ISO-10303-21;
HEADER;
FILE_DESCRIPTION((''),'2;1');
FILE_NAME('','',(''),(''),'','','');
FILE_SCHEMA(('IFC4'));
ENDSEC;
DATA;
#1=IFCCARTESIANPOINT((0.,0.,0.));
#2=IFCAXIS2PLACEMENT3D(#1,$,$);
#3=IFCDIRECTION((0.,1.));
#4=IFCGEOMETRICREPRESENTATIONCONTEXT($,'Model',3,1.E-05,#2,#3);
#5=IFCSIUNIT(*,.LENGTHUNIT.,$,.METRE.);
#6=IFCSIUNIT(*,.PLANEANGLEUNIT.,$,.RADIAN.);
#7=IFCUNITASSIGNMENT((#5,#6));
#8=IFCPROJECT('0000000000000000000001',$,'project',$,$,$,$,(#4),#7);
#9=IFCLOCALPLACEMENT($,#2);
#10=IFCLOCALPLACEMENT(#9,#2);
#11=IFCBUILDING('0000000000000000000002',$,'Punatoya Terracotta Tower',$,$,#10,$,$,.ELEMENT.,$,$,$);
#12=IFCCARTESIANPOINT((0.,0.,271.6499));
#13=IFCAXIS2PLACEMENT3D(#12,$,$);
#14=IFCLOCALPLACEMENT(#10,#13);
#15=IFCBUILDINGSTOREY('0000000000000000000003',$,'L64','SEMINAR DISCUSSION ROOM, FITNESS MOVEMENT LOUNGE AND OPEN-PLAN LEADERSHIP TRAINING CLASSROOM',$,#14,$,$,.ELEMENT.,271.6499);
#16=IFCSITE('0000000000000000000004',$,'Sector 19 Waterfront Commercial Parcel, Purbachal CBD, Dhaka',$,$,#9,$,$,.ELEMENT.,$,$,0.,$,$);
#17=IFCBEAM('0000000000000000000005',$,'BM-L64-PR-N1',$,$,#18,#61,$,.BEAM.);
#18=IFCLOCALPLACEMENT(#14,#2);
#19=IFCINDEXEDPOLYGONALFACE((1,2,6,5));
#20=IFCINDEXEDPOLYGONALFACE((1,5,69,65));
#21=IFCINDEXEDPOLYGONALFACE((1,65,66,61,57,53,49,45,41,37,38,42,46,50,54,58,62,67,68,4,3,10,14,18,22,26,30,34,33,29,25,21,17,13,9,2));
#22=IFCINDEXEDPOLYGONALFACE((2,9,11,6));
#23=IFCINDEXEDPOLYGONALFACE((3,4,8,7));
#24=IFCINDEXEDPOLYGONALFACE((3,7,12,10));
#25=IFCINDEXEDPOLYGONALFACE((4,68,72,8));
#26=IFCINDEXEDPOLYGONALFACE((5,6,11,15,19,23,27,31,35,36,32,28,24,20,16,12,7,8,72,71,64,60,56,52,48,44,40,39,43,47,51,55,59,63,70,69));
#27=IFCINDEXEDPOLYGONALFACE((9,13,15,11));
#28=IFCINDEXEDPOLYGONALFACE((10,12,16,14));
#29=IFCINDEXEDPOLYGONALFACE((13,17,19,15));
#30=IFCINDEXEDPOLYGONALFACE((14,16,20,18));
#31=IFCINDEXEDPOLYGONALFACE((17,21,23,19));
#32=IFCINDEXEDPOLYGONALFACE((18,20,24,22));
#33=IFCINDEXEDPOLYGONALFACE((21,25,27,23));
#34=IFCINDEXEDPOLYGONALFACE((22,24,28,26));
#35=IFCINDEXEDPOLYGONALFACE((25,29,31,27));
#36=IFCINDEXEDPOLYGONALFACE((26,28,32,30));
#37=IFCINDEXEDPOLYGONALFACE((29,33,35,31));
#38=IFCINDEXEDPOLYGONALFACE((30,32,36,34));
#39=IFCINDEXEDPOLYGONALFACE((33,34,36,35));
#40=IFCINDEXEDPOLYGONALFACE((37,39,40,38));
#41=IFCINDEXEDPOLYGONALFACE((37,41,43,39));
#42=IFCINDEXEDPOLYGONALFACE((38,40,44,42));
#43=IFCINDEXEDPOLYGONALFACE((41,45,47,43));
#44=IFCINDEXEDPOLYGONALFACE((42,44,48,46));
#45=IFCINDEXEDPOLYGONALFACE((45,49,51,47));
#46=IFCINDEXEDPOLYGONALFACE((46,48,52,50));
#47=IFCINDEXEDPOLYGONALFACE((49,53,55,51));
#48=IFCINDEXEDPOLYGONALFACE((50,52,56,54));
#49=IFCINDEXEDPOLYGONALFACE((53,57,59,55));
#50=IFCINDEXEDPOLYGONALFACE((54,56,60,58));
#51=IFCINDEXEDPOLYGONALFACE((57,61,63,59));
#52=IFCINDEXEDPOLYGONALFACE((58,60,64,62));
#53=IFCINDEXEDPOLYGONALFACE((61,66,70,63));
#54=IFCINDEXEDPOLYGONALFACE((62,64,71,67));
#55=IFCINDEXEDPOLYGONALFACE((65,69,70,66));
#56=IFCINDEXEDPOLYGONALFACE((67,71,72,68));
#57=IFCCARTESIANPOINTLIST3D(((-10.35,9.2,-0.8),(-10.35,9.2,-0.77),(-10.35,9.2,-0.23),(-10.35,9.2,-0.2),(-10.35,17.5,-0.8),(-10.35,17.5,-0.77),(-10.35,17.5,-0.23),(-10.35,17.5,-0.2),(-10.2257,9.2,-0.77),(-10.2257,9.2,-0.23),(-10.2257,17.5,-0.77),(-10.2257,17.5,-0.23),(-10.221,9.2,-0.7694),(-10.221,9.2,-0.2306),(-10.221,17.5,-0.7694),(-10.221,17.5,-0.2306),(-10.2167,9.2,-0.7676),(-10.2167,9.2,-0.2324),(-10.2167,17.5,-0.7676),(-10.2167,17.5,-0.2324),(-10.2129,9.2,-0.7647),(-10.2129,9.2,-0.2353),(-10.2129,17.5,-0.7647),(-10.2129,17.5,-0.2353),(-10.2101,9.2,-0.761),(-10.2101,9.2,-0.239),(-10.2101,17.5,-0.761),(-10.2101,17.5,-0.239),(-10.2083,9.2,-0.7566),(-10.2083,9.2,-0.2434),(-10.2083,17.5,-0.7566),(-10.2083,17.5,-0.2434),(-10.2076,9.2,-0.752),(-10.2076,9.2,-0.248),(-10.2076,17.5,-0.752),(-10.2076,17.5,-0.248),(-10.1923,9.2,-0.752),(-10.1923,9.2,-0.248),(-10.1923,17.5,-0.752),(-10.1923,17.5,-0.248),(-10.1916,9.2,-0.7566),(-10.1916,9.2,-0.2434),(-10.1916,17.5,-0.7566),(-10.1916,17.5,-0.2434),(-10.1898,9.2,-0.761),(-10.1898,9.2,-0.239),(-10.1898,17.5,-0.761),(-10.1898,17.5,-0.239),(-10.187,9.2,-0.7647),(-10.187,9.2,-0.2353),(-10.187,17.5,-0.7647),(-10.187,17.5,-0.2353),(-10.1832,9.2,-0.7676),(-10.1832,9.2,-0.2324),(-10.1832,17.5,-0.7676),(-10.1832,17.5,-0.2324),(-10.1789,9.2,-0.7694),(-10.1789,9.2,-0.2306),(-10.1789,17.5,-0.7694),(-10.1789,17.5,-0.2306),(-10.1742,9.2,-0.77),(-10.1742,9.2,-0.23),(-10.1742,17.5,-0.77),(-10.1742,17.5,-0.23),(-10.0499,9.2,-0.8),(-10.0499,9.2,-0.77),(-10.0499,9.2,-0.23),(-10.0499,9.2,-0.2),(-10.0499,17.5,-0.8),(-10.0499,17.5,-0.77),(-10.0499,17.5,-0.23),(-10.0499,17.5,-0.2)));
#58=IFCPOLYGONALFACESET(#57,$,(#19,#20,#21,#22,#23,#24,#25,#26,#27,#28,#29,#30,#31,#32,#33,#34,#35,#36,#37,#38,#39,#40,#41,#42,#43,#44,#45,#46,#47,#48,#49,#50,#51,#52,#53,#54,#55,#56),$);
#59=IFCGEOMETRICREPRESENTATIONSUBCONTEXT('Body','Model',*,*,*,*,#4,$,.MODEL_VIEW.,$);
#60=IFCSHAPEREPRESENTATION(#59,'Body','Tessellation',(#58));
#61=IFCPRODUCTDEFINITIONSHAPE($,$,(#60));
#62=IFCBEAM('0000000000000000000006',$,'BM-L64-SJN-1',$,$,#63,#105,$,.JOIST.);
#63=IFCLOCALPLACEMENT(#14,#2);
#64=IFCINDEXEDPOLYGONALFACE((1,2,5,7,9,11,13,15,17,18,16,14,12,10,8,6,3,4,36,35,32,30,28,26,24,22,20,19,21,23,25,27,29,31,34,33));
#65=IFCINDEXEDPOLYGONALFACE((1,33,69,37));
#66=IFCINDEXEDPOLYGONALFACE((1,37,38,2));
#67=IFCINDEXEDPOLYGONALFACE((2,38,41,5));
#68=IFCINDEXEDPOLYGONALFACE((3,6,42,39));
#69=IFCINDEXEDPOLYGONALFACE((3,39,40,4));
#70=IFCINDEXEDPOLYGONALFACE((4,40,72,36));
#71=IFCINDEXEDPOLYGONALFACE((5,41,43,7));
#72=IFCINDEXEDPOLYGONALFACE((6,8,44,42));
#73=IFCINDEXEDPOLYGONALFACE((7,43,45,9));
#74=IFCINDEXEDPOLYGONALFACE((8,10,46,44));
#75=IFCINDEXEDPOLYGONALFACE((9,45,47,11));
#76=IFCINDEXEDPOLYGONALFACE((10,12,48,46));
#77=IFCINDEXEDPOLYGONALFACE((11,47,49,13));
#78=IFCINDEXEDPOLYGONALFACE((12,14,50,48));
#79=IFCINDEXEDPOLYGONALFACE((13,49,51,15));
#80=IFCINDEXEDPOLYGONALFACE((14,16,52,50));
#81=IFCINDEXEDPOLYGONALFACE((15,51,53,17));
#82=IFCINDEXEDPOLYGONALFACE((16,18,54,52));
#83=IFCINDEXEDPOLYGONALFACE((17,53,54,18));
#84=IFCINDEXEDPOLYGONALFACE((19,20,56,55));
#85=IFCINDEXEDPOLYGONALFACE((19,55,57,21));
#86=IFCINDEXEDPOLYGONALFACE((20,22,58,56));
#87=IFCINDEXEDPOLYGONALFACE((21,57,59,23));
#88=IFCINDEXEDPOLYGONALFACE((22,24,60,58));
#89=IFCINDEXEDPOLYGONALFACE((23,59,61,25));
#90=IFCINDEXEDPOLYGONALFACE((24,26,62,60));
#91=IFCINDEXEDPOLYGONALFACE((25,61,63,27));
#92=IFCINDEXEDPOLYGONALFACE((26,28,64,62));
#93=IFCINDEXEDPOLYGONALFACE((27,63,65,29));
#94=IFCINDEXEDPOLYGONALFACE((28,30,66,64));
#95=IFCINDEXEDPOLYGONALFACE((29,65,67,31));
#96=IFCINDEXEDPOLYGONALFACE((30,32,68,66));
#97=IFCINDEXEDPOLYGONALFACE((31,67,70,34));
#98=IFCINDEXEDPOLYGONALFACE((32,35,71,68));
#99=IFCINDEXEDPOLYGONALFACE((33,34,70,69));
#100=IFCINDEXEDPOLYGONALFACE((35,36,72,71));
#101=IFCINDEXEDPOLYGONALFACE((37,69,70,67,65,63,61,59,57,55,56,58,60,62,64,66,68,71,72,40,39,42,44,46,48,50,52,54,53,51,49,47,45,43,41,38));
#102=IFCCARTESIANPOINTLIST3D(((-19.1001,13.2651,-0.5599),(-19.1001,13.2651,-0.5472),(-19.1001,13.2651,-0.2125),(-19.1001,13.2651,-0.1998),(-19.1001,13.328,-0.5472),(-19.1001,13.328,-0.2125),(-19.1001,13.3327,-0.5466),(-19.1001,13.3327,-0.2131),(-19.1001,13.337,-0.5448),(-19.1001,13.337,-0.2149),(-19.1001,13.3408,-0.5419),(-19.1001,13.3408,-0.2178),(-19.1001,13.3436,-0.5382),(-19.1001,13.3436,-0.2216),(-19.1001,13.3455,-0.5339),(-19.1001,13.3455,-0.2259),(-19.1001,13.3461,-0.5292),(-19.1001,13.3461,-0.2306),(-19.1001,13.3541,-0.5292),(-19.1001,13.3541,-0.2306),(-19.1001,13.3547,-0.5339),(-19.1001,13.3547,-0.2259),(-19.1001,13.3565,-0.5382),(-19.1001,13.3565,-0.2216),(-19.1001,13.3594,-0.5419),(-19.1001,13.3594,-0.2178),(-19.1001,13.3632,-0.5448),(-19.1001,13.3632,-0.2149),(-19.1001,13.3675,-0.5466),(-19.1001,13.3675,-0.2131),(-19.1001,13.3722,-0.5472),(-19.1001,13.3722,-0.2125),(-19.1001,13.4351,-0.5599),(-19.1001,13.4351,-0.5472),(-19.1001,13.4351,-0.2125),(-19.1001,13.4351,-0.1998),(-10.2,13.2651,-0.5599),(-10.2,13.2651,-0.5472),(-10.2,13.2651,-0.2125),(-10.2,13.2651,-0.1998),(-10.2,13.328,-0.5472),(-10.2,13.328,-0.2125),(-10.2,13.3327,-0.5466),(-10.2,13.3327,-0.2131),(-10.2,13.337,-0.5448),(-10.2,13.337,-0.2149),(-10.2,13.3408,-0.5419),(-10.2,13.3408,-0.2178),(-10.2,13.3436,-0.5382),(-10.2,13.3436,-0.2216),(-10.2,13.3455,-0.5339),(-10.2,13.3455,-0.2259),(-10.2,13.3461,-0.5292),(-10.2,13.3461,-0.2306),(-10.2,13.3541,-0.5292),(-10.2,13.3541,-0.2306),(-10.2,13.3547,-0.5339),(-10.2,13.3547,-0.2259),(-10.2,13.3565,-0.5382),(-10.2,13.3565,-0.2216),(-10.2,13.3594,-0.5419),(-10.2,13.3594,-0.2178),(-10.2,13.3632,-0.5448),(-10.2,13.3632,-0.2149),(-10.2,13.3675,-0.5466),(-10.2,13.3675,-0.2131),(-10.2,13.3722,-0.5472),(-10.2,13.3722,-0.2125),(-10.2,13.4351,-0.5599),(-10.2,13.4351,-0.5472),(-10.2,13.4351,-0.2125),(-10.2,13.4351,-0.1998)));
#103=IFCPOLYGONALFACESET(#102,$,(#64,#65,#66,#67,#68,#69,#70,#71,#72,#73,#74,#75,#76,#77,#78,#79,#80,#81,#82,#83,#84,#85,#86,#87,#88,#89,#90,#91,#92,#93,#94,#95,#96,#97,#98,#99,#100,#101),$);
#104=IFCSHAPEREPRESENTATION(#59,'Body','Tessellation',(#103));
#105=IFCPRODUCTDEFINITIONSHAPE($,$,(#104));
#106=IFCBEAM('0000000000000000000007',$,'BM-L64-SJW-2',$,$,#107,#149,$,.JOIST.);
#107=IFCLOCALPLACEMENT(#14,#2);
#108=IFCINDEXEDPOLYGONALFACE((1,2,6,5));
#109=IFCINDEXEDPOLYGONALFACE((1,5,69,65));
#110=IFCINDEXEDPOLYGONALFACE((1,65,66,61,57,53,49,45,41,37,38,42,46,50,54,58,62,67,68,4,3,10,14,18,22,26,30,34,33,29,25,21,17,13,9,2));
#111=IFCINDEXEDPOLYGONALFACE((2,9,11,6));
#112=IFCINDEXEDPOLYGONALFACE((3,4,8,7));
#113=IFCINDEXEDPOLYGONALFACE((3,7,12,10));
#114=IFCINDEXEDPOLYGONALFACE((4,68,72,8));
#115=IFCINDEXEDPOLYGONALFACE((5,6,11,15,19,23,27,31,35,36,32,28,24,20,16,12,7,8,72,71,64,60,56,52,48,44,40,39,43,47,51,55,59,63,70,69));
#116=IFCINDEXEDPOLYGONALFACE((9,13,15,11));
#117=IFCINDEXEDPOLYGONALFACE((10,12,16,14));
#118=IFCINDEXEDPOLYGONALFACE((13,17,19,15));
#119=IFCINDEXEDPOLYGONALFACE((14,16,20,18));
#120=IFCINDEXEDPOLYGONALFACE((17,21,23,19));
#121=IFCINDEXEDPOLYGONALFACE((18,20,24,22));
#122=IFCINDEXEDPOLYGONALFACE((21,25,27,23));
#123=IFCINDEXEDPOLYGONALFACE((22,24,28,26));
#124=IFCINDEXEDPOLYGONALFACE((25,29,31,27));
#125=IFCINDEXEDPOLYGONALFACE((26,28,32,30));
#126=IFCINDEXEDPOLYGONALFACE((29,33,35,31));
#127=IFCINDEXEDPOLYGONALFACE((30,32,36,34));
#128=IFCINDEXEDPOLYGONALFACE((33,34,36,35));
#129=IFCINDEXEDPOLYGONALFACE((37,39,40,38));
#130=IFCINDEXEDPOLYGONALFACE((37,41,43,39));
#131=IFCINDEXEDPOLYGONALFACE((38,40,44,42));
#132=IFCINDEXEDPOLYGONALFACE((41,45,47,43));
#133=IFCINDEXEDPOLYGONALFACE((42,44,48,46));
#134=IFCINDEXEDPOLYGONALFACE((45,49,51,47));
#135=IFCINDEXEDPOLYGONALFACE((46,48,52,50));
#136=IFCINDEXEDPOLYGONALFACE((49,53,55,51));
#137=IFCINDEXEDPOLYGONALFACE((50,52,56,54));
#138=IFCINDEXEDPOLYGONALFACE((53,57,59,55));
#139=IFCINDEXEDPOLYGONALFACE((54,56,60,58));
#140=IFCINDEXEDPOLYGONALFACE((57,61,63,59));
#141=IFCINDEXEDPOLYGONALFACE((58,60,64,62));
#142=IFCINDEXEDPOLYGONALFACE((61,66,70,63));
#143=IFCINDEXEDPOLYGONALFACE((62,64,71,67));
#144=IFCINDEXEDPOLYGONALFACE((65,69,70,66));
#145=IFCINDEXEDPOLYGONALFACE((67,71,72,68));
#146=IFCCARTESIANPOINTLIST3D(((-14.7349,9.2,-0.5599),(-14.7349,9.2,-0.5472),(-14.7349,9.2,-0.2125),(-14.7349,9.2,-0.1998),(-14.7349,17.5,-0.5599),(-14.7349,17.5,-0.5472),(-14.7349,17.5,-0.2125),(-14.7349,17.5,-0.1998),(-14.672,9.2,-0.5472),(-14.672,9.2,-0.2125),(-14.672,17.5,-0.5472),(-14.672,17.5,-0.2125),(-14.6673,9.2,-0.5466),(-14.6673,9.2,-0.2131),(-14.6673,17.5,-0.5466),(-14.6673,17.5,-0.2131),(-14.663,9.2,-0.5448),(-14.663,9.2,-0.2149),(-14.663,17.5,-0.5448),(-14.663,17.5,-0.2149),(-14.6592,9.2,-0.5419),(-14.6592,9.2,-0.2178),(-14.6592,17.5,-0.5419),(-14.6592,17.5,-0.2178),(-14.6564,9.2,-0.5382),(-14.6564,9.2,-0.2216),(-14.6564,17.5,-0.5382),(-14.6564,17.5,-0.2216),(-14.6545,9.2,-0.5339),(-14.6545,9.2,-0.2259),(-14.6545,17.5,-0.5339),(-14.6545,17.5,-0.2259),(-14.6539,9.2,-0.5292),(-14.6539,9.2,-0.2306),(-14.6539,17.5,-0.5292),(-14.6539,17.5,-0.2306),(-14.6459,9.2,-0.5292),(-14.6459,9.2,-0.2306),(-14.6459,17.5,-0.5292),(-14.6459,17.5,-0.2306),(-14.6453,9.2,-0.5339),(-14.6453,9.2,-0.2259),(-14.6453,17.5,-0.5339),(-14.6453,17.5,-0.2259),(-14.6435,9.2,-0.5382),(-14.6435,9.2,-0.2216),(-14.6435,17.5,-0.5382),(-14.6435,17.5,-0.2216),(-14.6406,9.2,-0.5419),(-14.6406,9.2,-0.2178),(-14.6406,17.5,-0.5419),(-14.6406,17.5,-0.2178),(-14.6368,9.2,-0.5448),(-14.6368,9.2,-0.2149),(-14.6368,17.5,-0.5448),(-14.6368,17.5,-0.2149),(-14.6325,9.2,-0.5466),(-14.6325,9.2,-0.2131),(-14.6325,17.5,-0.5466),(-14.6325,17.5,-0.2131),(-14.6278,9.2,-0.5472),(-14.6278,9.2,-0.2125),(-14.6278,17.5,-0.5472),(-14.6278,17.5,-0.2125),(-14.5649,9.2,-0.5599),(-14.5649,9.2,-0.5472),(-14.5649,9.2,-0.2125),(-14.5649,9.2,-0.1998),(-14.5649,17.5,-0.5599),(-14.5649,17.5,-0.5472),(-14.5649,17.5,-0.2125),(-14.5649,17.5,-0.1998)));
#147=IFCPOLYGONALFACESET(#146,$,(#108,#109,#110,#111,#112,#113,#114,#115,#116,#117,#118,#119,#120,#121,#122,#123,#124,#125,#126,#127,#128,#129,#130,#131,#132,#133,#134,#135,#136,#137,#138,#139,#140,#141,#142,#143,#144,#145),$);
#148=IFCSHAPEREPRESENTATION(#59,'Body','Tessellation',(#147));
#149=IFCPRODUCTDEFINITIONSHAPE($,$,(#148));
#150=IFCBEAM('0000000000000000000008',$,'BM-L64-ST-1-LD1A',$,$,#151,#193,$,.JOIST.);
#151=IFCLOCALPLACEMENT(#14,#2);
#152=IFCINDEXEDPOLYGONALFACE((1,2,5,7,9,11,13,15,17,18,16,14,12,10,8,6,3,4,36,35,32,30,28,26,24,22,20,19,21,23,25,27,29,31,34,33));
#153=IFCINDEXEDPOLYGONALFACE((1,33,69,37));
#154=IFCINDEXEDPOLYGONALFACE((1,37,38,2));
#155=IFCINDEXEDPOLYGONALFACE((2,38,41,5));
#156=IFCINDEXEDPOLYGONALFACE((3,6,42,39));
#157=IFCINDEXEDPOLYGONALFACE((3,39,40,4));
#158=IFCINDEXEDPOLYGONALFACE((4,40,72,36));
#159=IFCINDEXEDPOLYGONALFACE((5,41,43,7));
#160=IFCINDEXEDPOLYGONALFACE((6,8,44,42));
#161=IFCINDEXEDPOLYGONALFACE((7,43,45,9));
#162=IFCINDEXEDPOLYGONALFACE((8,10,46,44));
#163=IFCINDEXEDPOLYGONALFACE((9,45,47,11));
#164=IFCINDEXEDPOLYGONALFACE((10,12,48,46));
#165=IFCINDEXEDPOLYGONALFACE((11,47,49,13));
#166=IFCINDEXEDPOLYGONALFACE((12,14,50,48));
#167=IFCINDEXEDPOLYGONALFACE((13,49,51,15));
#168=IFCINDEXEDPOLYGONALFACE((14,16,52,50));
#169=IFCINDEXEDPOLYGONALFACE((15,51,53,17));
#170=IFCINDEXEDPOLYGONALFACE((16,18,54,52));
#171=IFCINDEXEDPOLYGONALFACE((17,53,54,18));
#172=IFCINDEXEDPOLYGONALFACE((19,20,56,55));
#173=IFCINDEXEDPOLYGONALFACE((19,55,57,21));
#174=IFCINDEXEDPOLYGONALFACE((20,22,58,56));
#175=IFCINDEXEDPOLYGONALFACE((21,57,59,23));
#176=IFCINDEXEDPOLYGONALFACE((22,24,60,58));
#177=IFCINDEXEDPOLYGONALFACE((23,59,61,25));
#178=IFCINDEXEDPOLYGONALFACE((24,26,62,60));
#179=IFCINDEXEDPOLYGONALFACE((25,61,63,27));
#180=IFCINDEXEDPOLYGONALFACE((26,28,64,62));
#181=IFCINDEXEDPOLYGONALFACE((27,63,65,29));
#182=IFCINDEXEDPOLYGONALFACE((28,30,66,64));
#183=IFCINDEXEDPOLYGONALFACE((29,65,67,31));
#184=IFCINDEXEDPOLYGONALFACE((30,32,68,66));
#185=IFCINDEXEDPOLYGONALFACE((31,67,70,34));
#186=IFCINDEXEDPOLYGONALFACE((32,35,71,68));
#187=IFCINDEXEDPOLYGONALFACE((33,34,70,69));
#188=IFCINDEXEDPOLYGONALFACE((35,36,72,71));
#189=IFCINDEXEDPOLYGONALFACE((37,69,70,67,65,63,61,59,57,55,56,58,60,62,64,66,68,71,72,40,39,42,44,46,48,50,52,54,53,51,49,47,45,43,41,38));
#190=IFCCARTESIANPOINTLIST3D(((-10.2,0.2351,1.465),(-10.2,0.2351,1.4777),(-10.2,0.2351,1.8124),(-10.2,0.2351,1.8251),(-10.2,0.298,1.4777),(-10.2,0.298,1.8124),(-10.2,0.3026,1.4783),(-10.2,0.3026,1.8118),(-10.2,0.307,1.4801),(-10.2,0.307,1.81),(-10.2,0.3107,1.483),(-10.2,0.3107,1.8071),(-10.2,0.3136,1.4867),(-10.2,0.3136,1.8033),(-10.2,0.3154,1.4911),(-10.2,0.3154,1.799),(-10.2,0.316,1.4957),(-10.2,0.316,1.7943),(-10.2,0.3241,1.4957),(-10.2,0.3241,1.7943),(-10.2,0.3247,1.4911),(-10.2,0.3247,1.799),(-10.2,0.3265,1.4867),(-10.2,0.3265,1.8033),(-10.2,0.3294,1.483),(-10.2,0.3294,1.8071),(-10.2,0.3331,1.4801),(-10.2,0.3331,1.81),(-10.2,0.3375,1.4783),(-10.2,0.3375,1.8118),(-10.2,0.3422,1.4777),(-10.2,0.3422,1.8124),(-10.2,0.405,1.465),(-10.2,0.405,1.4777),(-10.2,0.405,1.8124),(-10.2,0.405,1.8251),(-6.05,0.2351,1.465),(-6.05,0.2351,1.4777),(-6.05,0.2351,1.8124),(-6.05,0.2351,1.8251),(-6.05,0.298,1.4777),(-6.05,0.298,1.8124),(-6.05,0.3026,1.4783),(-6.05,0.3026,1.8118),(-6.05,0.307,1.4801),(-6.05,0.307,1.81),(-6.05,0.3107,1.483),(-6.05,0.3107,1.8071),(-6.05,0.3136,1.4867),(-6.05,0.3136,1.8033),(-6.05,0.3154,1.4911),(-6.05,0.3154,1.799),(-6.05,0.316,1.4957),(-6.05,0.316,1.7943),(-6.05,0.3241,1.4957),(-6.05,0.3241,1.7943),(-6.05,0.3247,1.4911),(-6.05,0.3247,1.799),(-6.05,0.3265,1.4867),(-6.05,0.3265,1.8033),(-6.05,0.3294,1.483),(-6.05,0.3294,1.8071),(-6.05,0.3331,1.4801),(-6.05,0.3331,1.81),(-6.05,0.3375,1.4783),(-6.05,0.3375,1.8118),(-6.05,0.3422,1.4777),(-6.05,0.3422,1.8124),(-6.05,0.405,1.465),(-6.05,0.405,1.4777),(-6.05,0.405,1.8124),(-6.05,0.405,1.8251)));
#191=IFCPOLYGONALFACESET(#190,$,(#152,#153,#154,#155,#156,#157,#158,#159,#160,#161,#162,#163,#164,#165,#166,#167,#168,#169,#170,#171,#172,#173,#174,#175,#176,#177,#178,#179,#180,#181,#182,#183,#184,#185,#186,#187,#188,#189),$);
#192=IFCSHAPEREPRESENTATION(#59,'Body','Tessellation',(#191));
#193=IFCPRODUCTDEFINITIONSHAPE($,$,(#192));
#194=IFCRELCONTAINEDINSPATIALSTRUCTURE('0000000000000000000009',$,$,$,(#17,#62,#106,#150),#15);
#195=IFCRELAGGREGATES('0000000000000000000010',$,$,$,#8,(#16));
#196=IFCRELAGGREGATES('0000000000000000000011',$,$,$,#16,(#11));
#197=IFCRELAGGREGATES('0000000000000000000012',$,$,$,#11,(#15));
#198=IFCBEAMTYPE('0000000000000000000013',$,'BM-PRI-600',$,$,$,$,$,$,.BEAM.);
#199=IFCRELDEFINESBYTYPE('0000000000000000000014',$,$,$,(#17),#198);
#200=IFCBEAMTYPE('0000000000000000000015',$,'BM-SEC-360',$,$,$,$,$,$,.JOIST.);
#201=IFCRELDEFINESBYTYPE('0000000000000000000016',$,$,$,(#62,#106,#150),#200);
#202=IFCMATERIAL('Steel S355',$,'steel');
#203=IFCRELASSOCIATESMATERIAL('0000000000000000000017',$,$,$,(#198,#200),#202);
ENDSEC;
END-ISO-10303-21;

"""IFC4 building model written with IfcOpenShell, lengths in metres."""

from ifc_helpers import new_model, si_unit, direction, frame, origin, origin_2d, place, context, subcontext, project, spatial, i_section, extrude, material, material_profile, profile_set, type_object, element, save


model = new_model("IFC4")

# Units and contexts
model_context = context("Model", 3, precision=1e-05, world=origin(), true_north=direction((0.0, 1.0)))
body_context = subcontext(model_context, "Body", "Model", "MODEL_VIEW")
ifc_project = project(units=[si_unit("LENGTHUNIT", "METRE"), si_unit("PLANEANGLEUNIT", "RADIAN")], contexts=[model_context])

# Site, building, storey
site_placement = place(None, origin())
site = spatial("IfcSite", under=ifc_project, at=site_placement, Name="Sector 19 Waterfront Commercial Parcel, Purbachal CBD, Dhaka", CompositionType="ELEMENT", RefElevation=0.0)
building_placement = place(site_placement, origin())
building = spatial("IfcBuilding", under=site, at=building_placement, Name="Punatoya Terracotta Tower", CompositionType="ELEMENT")
storey_placement = place(building_placement, frame((0.0, 0.0, 271.6499)))
storey = spatial("IfcBuildingStorey", under=building, at=storey_placement, Name="L64", Description="SEMINAR DISCUSSION ROOM, FITNESS MOVEMENT LOUNGE AND OPEN-PLAN LEADERSHIP TRAINING CLASSROOM", CompositionType="ELEMENT", Elevation=271.6499)

# Beams
ifc_material_1 = material(Name="Steel S355", Category="steel")
ifc_material_profile_1 = material_profile(ifc_material_1, i_section(OverallWidth=0.3, OverallDepth=0.6001, WebThickness=0.0154, FlangeThickness=0.03, FilletRadius=0.0181, at=origin_2d()))
ifc_profile_set_1 = profile_set([ifc_material_profile_1], Name="Steel S355")
beam_type_1 = type_object("IfcBeamType", Name="BM-PRI-600", PredefinedType="BEAM", material=ifc_profile_set_1)
beam_1_placement = place(storey_placement, frame((-10.2, 9.2, -0.5), z_axis=(0.0, 1.0, 0.0), x_axis=(-1.0, 0.0, 0.0)))
element("IfcBeam", 1, at=beam_1_placement, inside=storey, type_object=beam_type_1, Name="BM-L64-PR-N1", PredefinedType="BEAM", context=body_context, shape_type="SweptSolid", body=[
    extrude(i_section(OverallWidth=0.3, OverallDepth=0.6001, WebThickness=0.0154, FlangeThickness=0.03, FilletRadius=0.0181, at=origin_2d()), origin(), (0.0, 0.0, 1.0), 8.3),
])
ifc_material_profile_2 = material_profile(ifc_material_1, i_section(OverallWidth=0.1699, OverallDepth=0.3601, WebThickness=0.0081, FlangeThickness=0.0127, FilletRadius=0.0181, at=origin_2d()))
ifc_profile_set_2 = profile_set([ifc_material_profile_2], Name="Steel S355")
beam_type_2 = type_object("IfcBeamType", Name="BM-SEC-360", PredefinedType="JOIST", material=ifc_profile_set_2)
beam_2_placement = place(storey_placement, frame((-19.1001, 13.3501, -0.3799), z_axis=(1.0, 0.0, 0.0), x_axis=(0.0, 1.0, 0.0)))
element("IfcBeam", 2, at=beam_2_placement, inside=storey, type_object=beam_type_2, Name="BM-L64-SJN-1", PredefinedType="JOIST", context=body_context, shape_type="SweptSolid", body=[
    extrude(i_section(OverallWidth=0.1699, OverallDepth=0.3601, WebThickness=0.0081, FlangeThickness=0.0127, FilletRadius=0.0181, at=origin_2d()), origin(), (0.0, 0.0, 1.0), 8.9001),
])
beam_3_placement = place(storey_placement, frame((-14.6499, 9.2, -0.3799), z_axis=(0.0, 1.0, 0.0), x_axis=(-1.0, 0.0, 0.0)))
element("IfcBeam", 3, at=beam_3_placement, inside=storey, type_object=beam_type_2, Name="BM-L64-SJW-2", PredefinedType="JOIST", context=body_context, shape_type="SweptSolid", body=[
    extrude(i_section(OverallWidth=0.1699, OverallDepth=0.3601, WebThickness=0.0081, FlangeThickness=0.0127, FilletRadius=0.0181, at=origin_2d()), origin(), (0.0, 0.0, 1.0), 8.3),
])
for number, where, z_axis, x_axis, name in (
    (4, (-10.2, 0.3201, 1.645), (1.0, 0.0, 0.0), (0.0, 1.0, 0.0), "BM-L64-ST-1-LD1A"),
):
    element("IfcBeam", number, at=place(storey_placement, frame(where, z_axis=z_axis, x_axis=x_axis)), inside=storey, type_object=beam_type_2, Name=name, PredefinedType="JOIST", context=body_context, shape_type="SweptSolid", body=[
        extrude(i_section(OverallWidth=0.1699, OverallDepth=0.3601, WebThickness=0.0081, FlangeThickness=0.0127, FilletRadius=0.0181, at=origin_2d()), origin(), (0.0, 0.0, 1.0), 4.1499),
    ])

save(model, "model.ifc")
